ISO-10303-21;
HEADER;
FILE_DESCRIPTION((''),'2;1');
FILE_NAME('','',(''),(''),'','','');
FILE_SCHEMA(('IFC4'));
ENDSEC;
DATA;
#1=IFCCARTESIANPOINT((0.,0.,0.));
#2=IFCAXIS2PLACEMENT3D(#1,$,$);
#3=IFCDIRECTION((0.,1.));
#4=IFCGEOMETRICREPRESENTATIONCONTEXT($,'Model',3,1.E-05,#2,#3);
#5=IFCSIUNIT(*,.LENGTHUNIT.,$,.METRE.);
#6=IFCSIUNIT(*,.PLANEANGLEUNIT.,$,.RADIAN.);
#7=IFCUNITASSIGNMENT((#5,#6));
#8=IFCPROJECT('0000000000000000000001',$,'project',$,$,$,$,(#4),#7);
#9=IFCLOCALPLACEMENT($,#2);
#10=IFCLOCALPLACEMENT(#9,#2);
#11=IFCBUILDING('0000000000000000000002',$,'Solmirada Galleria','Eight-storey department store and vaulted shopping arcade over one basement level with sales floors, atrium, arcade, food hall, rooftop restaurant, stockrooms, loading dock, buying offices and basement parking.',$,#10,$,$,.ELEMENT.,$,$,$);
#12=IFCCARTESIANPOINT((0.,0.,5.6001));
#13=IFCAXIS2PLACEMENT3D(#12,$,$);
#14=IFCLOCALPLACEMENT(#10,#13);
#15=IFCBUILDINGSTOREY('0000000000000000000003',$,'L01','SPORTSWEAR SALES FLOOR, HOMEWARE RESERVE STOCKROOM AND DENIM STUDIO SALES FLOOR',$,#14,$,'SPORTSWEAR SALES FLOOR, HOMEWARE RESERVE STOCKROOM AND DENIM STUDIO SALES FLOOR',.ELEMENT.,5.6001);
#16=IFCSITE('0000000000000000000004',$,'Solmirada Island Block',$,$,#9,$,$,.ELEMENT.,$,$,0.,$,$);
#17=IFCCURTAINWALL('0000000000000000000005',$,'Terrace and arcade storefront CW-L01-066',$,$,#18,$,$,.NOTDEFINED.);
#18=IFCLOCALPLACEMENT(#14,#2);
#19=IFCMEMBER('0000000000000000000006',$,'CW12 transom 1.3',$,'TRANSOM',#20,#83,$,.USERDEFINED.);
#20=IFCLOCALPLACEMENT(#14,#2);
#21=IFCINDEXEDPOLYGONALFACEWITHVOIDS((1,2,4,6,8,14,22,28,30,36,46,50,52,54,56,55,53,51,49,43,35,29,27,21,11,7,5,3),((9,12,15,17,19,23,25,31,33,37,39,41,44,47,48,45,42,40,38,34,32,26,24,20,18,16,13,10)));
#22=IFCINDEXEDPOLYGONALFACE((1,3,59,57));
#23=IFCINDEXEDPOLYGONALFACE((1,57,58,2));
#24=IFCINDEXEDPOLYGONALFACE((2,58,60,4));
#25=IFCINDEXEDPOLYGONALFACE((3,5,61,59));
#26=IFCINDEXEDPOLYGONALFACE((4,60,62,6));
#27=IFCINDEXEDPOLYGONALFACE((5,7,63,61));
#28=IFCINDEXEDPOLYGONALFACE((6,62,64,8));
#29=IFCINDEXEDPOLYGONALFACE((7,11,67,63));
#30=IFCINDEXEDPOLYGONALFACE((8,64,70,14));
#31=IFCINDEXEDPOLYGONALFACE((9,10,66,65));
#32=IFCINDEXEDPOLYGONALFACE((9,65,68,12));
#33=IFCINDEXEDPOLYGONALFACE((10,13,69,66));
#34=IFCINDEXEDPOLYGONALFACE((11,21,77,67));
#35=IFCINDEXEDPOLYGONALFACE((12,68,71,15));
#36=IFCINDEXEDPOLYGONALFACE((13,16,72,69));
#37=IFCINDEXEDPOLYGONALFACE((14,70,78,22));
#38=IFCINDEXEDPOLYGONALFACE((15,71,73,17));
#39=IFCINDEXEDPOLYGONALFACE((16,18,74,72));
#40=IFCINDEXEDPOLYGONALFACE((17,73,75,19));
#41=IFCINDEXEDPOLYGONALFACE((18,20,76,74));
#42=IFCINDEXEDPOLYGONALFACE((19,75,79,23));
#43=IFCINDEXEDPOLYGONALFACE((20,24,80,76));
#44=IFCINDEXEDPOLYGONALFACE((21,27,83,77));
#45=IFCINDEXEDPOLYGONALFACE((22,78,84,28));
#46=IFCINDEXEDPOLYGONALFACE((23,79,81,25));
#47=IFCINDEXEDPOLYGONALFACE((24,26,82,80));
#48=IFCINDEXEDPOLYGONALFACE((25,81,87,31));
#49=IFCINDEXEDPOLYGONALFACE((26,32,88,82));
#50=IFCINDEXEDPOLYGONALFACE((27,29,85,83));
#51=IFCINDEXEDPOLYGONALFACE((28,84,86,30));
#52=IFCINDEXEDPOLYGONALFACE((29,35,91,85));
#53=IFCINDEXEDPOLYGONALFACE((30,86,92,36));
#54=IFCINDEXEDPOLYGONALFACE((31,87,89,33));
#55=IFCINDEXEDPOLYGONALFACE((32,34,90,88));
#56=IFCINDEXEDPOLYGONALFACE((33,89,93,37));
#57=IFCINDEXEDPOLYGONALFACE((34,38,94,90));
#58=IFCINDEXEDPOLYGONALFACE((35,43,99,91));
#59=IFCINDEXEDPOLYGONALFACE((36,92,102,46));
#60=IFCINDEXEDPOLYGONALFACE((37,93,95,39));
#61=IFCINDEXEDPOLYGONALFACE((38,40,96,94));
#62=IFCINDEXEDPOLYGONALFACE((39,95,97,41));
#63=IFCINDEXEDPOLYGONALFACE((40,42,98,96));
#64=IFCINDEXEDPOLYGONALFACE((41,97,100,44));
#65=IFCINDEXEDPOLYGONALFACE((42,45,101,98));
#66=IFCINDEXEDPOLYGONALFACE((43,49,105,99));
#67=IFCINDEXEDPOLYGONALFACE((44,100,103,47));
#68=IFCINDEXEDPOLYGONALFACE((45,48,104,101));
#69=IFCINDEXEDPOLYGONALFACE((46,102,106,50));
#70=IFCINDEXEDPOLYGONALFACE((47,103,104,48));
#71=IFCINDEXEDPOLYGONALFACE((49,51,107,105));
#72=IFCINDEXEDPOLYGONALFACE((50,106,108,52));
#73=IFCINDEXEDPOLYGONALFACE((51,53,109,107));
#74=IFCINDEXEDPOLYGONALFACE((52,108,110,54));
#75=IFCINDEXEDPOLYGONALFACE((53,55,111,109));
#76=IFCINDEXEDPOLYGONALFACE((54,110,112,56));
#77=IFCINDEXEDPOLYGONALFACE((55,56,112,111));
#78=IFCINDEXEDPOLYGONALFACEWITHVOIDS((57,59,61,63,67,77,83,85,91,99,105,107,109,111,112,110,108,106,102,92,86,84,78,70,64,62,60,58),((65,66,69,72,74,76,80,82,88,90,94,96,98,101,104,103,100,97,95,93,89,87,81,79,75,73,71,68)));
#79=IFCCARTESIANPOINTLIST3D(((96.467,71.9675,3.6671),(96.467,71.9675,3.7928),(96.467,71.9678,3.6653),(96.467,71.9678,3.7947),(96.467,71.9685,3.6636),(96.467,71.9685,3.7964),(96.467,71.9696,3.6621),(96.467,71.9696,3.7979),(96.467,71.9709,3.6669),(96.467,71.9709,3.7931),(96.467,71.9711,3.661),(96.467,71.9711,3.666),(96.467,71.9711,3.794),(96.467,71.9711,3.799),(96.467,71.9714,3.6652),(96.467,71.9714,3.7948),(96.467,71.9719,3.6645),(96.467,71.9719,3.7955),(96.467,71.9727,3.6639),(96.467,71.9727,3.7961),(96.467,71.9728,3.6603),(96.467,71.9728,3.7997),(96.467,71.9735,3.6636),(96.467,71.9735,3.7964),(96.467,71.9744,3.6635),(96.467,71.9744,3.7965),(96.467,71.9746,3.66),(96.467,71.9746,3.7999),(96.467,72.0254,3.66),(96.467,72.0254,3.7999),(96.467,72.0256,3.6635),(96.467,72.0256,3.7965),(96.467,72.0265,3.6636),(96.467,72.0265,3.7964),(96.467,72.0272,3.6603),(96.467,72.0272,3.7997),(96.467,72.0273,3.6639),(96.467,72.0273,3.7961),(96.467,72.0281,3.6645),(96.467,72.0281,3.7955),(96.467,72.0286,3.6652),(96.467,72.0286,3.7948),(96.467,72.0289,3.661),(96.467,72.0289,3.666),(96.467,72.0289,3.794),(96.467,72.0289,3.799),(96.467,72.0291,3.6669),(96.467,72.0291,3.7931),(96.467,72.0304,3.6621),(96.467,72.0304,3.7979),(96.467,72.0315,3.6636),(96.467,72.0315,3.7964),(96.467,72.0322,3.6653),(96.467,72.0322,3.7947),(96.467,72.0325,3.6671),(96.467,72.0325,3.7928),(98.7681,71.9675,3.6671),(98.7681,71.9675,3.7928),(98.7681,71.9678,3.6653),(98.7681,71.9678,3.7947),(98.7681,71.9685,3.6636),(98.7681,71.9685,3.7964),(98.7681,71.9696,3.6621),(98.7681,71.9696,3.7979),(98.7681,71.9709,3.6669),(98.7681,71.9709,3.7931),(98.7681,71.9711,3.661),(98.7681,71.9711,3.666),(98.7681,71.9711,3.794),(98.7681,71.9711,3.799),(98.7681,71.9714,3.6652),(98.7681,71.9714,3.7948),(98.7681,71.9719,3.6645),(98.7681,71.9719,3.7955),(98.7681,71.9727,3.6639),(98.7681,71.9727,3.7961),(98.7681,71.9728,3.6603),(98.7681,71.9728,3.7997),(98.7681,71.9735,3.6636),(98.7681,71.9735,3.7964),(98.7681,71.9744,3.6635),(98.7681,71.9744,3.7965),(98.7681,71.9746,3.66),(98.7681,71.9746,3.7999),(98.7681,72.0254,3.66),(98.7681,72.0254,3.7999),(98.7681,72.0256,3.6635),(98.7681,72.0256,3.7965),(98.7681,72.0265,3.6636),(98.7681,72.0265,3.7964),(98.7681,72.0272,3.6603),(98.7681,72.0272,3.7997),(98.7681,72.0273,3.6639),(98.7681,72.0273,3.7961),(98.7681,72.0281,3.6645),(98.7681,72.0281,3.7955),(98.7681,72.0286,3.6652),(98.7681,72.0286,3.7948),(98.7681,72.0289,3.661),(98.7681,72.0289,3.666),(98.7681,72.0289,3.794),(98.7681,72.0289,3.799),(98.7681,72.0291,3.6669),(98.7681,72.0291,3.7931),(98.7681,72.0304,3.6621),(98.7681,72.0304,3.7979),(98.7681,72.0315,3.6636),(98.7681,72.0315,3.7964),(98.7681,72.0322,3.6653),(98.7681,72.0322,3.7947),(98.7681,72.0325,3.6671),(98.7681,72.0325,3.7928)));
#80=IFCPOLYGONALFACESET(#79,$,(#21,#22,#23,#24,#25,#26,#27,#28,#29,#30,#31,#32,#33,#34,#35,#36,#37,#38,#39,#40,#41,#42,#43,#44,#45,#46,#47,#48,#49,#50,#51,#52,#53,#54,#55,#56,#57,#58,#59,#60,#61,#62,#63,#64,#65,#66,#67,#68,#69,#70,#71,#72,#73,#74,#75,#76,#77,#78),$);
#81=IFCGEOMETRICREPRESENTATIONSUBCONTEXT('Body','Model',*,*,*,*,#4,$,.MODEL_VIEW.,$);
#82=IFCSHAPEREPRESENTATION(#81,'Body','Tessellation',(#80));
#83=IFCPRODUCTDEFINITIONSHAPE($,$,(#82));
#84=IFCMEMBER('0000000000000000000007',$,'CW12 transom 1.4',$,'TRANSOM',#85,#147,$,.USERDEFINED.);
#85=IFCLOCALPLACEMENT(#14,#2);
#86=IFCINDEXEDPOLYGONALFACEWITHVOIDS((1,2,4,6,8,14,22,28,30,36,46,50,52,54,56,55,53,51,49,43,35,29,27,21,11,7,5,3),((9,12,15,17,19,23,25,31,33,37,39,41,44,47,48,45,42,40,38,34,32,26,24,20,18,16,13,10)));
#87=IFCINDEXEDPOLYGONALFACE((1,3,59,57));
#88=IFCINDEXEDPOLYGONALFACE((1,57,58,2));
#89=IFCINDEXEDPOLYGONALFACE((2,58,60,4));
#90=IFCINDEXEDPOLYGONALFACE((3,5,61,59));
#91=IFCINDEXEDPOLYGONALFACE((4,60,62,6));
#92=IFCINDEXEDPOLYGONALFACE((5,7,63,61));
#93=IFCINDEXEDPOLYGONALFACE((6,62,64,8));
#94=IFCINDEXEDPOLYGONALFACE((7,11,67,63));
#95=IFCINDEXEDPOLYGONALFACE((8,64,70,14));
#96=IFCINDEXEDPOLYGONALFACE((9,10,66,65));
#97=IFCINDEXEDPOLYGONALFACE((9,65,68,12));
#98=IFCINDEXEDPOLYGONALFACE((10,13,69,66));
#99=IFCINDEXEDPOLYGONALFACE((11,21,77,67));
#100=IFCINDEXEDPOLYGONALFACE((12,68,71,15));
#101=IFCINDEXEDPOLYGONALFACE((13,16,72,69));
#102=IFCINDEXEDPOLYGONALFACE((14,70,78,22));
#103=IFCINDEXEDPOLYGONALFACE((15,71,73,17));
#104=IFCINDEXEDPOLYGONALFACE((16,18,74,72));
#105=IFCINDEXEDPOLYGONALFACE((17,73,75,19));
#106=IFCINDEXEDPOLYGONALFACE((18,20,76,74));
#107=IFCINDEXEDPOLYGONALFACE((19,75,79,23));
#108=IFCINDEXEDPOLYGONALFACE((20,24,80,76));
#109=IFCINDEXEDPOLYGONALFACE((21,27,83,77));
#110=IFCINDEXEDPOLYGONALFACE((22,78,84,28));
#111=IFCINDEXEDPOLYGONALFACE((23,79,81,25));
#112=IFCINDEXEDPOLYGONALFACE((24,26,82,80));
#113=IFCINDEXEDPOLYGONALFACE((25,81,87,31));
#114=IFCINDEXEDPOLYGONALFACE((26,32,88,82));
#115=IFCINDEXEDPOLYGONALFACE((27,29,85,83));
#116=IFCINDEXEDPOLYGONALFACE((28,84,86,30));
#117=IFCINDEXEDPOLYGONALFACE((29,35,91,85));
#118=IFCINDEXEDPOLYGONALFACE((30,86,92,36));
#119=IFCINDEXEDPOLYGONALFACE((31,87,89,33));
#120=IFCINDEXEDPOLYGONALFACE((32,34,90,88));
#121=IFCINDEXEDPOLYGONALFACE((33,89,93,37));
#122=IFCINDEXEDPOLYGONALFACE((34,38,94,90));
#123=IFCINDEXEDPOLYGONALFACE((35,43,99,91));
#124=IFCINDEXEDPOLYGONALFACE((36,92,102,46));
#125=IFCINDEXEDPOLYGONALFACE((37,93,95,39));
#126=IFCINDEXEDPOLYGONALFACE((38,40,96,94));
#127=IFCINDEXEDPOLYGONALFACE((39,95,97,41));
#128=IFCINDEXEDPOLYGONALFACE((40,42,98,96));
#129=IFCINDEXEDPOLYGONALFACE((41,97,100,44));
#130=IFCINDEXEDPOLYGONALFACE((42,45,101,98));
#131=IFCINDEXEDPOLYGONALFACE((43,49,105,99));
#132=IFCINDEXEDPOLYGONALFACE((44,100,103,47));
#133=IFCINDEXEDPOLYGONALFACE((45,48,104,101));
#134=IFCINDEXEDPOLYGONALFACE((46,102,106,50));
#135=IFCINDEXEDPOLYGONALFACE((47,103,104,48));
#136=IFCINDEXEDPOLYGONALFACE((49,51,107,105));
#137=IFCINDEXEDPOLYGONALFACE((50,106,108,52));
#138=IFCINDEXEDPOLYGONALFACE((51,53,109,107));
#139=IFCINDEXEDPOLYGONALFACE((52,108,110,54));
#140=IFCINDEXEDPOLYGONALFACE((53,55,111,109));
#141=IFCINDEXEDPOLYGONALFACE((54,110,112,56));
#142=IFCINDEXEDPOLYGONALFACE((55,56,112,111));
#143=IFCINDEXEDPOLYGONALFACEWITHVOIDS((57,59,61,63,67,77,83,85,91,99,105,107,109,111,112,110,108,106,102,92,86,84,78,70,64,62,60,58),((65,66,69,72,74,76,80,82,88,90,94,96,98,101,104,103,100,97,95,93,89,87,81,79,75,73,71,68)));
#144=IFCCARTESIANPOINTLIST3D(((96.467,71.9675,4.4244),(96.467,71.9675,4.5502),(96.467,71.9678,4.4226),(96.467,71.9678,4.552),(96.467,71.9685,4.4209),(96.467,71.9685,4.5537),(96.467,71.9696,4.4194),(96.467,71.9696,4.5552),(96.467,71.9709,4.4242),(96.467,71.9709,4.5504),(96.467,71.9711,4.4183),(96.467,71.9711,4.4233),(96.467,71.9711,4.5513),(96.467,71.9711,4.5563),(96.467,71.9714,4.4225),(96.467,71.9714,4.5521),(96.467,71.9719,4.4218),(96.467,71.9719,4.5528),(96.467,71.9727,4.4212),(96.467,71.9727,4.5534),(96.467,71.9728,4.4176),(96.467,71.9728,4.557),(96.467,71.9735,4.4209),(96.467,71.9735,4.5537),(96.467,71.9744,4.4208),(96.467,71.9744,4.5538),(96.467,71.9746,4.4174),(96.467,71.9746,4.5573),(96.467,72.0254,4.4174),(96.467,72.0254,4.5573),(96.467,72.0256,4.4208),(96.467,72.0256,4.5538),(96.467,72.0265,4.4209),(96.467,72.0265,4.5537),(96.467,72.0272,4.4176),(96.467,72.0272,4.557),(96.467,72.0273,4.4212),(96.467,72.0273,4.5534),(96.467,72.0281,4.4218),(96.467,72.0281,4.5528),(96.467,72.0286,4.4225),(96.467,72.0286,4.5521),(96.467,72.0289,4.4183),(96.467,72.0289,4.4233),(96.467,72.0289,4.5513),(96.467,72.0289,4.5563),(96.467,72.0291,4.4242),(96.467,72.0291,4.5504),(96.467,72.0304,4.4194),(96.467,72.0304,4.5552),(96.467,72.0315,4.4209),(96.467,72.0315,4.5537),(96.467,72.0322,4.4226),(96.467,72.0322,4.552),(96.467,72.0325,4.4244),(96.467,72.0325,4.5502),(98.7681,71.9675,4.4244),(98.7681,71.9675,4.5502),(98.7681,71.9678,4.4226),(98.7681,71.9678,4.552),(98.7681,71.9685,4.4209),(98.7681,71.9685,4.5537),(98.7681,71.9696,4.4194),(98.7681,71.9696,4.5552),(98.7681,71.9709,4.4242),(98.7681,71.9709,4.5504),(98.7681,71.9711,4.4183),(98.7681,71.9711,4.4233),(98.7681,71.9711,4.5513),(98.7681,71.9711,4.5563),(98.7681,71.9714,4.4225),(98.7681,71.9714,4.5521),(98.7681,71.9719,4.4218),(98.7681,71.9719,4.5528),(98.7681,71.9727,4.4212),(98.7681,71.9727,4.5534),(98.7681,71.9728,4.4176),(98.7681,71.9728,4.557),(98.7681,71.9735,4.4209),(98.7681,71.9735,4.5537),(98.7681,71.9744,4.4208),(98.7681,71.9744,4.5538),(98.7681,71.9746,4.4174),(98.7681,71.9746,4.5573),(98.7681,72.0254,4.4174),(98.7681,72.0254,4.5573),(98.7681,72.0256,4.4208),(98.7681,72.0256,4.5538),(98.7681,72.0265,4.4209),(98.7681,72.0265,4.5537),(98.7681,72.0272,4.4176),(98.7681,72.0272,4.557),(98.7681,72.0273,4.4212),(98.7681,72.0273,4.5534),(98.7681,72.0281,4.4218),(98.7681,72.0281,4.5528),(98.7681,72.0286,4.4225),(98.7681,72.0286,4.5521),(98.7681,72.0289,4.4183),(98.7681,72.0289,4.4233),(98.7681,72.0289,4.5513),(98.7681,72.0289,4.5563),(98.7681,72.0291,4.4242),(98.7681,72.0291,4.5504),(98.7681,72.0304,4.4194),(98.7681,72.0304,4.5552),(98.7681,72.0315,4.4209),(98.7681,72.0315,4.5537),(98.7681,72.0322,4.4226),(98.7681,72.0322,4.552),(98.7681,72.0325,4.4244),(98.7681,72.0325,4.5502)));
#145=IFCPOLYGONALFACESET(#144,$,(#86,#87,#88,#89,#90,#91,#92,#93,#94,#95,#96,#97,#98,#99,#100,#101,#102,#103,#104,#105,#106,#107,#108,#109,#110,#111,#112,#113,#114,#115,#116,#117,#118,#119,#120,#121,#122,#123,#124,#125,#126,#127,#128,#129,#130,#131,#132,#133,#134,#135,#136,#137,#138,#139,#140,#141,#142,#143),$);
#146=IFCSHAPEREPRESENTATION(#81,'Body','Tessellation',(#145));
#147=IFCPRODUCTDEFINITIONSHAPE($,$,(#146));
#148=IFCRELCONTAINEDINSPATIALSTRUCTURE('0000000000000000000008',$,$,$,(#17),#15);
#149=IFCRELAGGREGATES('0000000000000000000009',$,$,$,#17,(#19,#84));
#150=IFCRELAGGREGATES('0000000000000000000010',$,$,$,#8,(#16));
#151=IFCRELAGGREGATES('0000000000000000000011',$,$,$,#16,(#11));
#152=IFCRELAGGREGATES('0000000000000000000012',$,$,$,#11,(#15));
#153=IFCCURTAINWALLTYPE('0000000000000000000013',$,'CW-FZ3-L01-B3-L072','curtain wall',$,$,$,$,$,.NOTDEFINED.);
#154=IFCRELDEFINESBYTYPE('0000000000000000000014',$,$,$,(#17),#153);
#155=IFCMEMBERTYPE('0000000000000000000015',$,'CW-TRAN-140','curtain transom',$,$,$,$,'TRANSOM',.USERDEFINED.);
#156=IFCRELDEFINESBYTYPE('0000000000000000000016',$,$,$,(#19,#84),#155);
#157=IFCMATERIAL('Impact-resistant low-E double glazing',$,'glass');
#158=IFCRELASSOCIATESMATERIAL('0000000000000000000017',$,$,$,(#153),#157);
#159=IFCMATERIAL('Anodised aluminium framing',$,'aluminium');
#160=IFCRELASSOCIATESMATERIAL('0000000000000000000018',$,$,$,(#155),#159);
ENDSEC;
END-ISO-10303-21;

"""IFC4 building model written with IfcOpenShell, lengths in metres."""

from ifc_helpers import new_model, si_unit, direction, frame, origin, origin_2d, place, context, subcontext, project, spatial, hollow_rectangle, extrude, material, material_profile, profile_set, type_object, element, aggregate, save


model = new_model("IFC4")

# Units and contexts
model_context = context("Model", 3, precision=1e-05, world=origin(), true_north=direction((0.0, 1.0)))
body_context = subcontext(model_context, "Body", "Model", "MODEL_VIEW")
ifc_project = project(units=[si_unit("LENGTHUNIT", "METRE"), si_unit("PLANEANGLEUNIT", "RADIAN")], contexts=[model_context])

# Site, building, storey
site_placement = place(None, origin())
site = spatial("IfcSite", under=ifc_project, at=site_placement, Name="Solmirada Island Block", CompositionType="ELEMENT", RefElevation=0.0)
building_placement = place(site_placement, origin())
building = spatial("IfcBuilding", under=site, at=building_placement, Name="Solmirada Galleria", Description="Eight-storey department store and vaulted shopping arcade over one basement level with sales floors, atrium, arcade, food hall, rooftop restaurant, stockrooms, loading dock, buying offices and basement parking.", CompositionType="ELEMENT")
storey_placement = place(building_placement, frame((0.0, 0.0, 5.6001)))
storey = spatial("IfcBuildingStorey", under=building, at=storey_placement, Name="L01", Description="SPORTSWEAR SALES FLOOR, HOMEWARE RESERVE STOCKROOM AND DENIM STUDIO SALES FLOOR", LongName="SPORTSWEAR SALES FLOOR, HOMEWARE RESERVE STOCKROOM AND DENIM STUDIO SALES FLOOR", CompositionType="ELEMENT", Elevation=5.6001)

# Curtain wall, members
ifc_material_1 = material(Name="Impact-resistant low-E double glazing", Category="glass")
curtain_wall_type = type_object("IfcCurtainWallType", Name="CW-FZ3-L01-B3-L072", Description="curtain wall", PredefinedType="NOTDEFINED", material=ifc_material_1)
curtain_wall_placement = place(storey_placement, origin())
curtain_wall = element("IfcCurtainWall", 1, at=curtain_wall_placement, inside=storey, type_object=curtain_wall_type, Name="Terrace and arcade storefront CW-L01-066", PredefinedType="NOTDEFINED")
ifc_material_2 = material(Name="Anodised aluminium framing", Category="aluminium")
ifc_material_profile_1 = material_profile(ifc_material_2, hollow_rectangle(XDim=0.0649, YDim=0.1399, WallThickness=0.0034, InnerFilletRadius=0.0034, OuterFilletRadius=0.0071, at=origin_2d()), Name="ALU-TRAN-140X65")
ifc_profile_set_1 = profile_set([ifc_material_profile_1], Name="Anodised aluminium framing")
member_type_1 = type_object("IfcMemberType", Name="CW-TRAN-140", Description="curtain transom", ElementType="TRANSOM", PredefinedType="USERDEFINED", material=ifc_profile_set_1)
member_1_placement = place(storey_placement, frame((96.467, 72.0, 3.73), z_axis=(1.0, 0.0, 0.0), x_axis=(0.0, 1.0, 0.0)))
member_1 = element("IfcMember", 2, at=member_1_placement, type_object=member_type_1, Name="CW12 transom 1.3", ObjectType="TRANSOM", PredefinedType="USERDEFINED", context=body_context, shape_type="SweptSolid", body=[
    extrude(hollow_rectangle(XDim=0.0649, YDim=0.1399, WallThickness=0.0034, InnerFilletRadius=0.0034, OuterFilletRadius=0.0071, at=origin_2d()), origin(), (0.0, 0.0, 1.0), 2.301),
])
member_2_placement = place(storey_placement, frame((96.467, 72.0, 4.4873), z_axis=(1.0, 0.0, 0.0), x_axis=(0.0, 1.0, 0.0)))
member_2 = element("IfcMember", 3, at=member_2_placement, type_object=member_type_1, Name="CW12 transom 1.4", ObjectType="TRANSOM", PredefinedType="USERDEFINED", context=body_context, shape_type="SweptSolid", body=[
    extrude(hollow_rectangle(XDim=0.0649, YDim=0.1399, WallThickness=0.0034, InnerFilletRadius=0.0034, OuterFilletRadius=0.0071, at=origin_2d()), origin(), (0.0, 0.0, 1.0), 2.301),
])
aggregate(curtain_wall, [member_1, member_2])

save(model, "model.ifc")
